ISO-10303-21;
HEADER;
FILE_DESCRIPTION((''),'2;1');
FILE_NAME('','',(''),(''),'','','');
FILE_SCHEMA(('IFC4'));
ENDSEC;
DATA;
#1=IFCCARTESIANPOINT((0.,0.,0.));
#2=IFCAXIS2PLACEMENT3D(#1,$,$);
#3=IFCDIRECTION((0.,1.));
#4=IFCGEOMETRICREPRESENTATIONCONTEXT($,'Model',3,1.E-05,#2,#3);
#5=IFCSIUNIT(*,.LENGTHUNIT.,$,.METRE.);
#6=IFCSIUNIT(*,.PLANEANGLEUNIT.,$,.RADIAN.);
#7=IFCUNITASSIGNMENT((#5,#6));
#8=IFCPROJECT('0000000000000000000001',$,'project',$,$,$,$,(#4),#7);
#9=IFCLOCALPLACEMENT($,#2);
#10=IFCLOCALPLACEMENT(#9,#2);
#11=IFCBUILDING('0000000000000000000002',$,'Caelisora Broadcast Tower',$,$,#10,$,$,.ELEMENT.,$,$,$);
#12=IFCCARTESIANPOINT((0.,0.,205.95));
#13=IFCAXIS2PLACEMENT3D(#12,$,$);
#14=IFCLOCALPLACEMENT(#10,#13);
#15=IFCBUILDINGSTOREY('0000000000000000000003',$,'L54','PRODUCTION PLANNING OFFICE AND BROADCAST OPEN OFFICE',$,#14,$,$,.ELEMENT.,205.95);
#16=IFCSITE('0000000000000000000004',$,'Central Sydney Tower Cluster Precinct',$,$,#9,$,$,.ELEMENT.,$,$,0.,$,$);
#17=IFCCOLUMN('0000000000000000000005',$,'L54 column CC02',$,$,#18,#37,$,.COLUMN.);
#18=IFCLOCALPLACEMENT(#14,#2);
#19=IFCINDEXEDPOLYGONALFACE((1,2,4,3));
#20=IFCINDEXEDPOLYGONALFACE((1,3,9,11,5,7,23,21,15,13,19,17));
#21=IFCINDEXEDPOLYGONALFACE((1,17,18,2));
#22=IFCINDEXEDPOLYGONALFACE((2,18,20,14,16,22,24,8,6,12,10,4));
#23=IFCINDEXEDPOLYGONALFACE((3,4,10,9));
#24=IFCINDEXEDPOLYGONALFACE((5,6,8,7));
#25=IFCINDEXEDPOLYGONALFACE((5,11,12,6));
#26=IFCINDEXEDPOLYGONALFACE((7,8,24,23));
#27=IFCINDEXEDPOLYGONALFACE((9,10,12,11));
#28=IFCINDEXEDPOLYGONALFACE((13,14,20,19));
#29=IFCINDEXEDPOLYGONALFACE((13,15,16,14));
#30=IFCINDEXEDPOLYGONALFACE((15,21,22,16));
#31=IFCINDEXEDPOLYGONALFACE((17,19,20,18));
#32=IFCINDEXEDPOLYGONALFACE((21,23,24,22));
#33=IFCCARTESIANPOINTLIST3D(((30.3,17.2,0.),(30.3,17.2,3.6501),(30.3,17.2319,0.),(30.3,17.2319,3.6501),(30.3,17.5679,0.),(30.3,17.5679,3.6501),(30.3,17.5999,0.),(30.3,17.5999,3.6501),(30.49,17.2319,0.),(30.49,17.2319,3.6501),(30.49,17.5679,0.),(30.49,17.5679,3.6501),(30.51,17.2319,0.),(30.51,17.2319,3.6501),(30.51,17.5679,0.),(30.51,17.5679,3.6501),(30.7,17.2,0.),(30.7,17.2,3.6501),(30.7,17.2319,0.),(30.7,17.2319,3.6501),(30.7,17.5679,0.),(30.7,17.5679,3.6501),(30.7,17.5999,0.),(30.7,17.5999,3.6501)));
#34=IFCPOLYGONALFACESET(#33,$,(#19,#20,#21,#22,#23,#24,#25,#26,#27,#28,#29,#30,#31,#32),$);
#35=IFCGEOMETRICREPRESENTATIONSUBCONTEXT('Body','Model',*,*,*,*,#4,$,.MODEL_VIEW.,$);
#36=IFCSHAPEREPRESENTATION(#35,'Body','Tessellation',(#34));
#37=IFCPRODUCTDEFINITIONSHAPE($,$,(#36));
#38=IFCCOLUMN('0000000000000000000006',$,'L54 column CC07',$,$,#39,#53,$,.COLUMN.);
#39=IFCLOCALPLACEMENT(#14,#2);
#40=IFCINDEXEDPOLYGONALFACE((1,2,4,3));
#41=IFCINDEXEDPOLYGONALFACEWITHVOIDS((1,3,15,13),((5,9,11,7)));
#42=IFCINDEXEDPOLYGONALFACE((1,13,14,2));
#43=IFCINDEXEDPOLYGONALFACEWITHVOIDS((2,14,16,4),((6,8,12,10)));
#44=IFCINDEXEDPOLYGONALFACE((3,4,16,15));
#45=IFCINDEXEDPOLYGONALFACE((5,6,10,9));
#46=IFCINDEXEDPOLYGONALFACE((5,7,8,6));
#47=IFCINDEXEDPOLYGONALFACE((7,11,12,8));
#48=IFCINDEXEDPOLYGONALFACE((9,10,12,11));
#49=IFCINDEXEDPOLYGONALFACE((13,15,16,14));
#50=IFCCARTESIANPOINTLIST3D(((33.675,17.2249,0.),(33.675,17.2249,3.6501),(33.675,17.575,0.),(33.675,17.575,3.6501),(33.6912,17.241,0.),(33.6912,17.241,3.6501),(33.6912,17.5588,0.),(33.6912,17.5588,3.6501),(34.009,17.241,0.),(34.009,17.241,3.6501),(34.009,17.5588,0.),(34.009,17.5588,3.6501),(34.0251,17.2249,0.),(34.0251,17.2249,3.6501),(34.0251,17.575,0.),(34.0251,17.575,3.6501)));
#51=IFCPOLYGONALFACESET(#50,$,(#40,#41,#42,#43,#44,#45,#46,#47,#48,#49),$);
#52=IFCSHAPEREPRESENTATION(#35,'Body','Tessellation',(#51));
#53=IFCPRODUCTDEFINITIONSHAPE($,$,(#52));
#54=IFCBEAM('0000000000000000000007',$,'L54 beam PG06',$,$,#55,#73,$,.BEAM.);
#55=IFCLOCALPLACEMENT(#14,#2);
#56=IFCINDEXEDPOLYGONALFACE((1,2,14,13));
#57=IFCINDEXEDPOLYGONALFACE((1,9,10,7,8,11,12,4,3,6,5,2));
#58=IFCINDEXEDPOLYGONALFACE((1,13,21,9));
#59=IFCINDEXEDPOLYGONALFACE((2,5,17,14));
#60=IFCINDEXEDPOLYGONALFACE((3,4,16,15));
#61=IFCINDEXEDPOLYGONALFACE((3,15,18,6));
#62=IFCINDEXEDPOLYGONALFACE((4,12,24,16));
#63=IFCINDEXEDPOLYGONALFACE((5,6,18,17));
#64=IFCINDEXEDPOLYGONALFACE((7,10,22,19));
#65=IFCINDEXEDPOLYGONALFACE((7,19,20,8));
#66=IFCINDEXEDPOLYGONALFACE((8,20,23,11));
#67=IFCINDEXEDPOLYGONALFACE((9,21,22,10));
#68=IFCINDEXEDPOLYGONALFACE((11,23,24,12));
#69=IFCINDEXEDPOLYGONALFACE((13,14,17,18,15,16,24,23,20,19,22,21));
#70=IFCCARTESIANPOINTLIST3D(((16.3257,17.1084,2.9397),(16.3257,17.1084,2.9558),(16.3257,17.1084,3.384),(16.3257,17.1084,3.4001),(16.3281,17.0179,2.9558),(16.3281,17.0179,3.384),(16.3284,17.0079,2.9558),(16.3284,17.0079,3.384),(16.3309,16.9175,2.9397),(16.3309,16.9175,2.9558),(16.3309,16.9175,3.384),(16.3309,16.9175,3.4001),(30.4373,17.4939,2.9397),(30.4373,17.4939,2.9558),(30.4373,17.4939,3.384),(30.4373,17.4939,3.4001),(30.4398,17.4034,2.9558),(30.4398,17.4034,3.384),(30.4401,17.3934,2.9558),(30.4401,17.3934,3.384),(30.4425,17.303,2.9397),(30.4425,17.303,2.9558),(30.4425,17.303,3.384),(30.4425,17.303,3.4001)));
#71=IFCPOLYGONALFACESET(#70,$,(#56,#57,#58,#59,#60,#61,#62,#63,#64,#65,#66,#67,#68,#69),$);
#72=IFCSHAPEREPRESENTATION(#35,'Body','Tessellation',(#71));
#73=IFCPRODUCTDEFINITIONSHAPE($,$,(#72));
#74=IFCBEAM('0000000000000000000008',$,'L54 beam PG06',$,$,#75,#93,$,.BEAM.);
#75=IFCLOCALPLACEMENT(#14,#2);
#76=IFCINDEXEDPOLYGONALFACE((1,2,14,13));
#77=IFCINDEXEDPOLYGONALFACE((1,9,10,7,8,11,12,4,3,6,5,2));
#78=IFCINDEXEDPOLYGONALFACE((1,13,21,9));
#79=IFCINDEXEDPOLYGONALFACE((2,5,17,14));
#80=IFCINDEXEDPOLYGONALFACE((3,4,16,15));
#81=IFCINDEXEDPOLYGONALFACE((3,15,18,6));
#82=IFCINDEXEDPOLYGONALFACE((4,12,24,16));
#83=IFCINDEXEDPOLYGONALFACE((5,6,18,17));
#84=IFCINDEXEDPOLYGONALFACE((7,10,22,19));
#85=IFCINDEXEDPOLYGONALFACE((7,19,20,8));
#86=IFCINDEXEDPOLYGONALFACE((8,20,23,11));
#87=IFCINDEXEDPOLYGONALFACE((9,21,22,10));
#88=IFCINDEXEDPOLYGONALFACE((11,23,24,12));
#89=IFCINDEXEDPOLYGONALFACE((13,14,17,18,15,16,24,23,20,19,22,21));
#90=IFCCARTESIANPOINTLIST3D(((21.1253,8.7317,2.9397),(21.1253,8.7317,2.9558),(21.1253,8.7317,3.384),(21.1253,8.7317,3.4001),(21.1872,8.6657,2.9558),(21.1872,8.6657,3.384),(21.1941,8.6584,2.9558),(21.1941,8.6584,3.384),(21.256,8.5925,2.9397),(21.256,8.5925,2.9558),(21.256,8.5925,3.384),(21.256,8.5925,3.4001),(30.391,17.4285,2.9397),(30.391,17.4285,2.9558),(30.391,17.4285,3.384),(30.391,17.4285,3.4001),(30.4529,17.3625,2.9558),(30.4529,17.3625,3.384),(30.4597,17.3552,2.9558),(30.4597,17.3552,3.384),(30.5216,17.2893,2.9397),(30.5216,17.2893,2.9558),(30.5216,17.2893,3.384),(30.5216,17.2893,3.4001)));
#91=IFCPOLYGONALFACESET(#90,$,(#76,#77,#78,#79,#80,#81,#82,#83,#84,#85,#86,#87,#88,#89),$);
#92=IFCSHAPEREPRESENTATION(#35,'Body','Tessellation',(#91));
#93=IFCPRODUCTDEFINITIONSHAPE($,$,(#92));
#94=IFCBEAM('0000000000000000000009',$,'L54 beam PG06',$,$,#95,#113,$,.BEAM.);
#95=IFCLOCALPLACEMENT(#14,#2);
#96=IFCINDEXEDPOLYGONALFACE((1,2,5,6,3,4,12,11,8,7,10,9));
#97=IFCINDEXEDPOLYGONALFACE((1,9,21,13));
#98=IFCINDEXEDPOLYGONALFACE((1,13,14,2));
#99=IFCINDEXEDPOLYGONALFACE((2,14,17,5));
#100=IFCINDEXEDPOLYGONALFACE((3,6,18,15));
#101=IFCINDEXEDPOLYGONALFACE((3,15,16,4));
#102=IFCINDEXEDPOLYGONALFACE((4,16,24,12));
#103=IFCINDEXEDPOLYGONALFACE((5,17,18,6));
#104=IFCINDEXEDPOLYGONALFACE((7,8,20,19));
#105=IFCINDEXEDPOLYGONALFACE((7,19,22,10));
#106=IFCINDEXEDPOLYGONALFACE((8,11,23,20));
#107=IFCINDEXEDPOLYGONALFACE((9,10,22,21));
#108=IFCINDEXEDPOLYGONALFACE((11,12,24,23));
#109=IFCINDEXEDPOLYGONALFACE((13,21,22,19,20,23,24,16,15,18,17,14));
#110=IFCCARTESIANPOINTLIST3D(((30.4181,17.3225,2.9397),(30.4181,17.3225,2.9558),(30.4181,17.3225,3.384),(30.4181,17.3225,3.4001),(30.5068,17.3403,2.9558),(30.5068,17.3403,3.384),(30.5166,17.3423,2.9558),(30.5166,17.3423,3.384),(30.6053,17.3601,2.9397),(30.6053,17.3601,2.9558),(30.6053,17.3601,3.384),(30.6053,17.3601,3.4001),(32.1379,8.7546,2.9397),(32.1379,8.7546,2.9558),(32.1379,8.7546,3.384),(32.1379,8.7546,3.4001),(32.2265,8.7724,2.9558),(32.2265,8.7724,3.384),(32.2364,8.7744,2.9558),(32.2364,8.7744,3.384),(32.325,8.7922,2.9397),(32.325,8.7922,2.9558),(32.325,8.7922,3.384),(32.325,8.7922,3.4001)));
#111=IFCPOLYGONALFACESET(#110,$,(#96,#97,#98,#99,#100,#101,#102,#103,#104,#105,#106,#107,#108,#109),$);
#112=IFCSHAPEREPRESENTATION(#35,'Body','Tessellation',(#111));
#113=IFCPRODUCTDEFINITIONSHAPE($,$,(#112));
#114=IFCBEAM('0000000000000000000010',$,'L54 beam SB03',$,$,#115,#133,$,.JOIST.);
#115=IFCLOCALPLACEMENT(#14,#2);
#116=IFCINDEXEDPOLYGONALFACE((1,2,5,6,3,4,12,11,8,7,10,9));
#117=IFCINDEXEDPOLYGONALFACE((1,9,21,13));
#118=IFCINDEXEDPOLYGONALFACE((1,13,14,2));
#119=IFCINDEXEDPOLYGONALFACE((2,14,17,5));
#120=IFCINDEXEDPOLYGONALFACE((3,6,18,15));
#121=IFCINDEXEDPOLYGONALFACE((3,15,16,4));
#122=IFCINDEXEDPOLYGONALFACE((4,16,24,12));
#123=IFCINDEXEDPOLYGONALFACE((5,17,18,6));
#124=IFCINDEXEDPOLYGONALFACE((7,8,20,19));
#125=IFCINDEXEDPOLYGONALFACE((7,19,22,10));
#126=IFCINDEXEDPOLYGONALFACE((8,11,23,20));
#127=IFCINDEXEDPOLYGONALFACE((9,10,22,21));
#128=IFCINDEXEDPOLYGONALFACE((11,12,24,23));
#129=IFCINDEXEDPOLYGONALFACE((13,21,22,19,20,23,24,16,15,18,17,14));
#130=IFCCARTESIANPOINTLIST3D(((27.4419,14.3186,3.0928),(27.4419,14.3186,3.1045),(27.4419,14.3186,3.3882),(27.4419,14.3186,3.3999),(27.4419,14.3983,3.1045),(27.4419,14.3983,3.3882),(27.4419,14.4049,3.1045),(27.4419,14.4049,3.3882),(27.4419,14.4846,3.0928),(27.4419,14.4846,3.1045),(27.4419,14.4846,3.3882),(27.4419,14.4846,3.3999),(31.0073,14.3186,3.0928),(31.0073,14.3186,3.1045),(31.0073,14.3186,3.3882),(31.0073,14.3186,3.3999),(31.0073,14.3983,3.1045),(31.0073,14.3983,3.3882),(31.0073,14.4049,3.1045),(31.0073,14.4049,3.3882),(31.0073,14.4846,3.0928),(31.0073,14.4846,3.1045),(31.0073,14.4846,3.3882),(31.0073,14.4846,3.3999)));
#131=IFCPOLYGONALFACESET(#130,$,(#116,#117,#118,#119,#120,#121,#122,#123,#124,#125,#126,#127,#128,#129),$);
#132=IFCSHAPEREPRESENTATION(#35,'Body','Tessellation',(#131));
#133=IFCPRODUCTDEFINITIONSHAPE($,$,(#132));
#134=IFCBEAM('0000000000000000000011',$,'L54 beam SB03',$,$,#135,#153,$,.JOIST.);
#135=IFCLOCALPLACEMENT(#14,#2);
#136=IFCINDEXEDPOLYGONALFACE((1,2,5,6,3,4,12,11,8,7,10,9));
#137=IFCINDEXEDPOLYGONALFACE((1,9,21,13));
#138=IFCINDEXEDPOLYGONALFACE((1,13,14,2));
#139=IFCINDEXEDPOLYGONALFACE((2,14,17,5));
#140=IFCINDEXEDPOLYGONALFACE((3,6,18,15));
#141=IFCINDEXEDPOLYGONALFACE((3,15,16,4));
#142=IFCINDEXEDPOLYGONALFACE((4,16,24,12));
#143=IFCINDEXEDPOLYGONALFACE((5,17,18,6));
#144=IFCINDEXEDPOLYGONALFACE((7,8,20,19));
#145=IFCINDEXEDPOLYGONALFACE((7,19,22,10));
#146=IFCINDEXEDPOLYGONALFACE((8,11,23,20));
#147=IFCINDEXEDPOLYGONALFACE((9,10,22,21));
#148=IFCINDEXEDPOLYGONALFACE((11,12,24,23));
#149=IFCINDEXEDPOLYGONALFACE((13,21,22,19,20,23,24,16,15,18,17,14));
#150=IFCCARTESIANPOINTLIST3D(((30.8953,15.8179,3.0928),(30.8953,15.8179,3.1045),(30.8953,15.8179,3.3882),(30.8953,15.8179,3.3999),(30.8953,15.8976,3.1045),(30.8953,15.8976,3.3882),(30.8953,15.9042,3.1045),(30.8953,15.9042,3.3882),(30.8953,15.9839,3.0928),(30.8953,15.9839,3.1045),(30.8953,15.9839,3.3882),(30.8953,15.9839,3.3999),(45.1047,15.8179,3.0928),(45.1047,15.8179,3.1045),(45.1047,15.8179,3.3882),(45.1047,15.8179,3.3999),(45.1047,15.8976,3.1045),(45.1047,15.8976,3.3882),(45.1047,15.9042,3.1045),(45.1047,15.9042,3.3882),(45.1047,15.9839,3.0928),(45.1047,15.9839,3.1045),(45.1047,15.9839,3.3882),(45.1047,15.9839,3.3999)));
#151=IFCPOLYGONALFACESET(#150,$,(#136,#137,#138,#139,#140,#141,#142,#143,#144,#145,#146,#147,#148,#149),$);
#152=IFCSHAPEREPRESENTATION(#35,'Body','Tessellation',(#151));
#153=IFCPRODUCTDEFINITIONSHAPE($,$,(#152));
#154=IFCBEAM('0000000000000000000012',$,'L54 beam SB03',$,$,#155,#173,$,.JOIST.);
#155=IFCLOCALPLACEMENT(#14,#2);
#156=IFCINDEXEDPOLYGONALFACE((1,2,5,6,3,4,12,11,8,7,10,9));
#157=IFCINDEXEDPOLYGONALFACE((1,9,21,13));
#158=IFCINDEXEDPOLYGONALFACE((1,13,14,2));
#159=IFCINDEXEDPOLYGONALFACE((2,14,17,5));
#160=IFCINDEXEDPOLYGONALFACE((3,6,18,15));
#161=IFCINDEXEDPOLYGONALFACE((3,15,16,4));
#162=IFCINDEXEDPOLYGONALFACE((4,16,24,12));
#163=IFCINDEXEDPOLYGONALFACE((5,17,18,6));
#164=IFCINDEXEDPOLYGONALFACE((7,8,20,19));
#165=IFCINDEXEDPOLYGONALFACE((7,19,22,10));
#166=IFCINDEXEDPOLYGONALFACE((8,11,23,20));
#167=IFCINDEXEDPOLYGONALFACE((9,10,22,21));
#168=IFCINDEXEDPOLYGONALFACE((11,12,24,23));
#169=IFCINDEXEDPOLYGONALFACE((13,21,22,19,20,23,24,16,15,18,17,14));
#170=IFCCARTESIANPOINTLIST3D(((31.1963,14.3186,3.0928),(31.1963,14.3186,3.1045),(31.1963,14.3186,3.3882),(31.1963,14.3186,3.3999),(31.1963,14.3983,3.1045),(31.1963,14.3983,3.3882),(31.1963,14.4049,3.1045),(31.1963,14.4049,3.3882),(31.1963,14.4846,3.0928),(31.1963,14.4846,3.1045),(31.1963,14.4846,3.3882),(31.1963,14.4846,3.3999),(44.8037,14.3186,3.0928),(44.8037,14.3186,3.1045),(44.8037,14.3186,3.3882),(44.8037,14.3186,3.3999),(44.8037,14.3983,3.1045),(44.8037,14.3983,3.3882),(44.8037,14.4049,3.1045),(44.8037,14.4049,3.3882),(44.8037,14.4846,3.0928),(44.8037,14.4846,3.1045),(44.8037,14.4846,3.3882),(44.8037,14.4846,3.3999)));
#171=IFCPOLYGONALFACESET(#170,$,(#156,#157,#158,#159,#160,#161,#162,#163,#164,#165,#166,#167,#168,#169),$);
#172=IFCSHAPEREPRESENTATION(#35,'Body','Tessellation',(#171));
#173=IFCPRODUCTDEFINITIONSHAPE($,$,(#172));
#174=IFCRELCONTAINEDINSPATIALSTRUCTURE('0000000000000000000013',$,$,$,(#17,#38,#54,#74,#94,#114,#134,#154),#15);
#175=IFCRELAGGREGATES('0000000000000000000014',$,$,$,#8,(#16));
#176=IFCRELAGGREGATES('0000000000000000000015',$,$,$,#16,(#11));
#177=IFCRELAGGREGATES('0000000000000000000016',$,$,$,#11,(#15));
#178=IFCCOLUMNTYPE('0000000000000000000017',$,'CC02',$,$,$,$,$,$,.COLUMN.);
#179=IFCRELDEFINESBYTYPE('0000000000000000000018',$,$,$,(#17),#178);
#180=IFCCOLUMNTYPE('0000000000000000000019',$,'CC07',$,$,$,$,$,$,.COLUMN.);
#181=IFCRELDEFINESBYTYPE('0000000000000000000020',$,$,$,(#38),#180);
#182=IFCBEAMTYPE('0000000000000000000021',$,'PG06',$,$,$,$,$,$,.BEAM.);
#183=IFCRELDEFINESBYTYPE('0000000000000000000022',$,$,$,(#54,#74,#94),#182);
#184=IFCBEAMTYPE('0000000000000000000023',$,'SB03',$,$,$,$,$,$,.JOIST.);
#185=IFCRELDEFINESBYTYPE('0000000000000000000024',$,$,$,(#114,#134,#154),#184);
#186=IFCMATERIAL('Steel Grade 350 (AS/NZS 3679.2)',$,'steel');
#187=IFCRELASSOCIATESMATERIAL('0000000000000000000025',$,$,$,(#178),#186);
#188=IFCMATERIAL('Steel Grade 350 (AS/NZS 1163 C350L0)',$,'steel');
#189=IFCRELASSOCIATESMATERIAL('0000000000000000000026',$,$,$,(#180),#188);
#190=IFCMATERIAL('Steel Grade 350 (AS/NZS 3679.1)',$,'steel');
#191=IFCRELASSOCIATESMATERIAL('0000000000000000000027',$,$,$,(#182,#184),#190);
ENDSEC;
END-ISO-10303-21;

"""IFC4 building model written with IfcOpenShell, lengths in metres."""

from ifc_helpers import new_model, si_unit, direction, frame, origin, origin_2d, place, context, subcontext, project, spatial, hollow_rectangle, i_section, extrude, source, transform, mapped, material, material_profile, profile_set, type_object, type_shapes, element, save


model = new_model("IFC4")

# Units and contexts
model_context = context("Model", 3, precision=1e-05, world=origin(), true_north=direction((0.0, 1.0)))
body_context = subcontext(model_context, "Body", "Model", "MODEL_VIEW")
ifc_project = project(units=[si_unit("LENGTHUNIT", "METRE"), si_unit("PLANEANGLEUNIT", "RADIAN")], contexts=[model_context])

# Site, building, storey
site_placement = place(None, origin())
site = spatial("IfcSite", under=ifc_project, at=site_placement, Name="Central Sydney Tower Cluster Precinct", CompositionType="ELEMENT", RefElevation=0.0)
building_placement = place(site_placement, origin())
building = spatial("IfcBuilding", under=site, at=building_placement, Name="Caelisora Broadcast Tower", CompositionType="ELEMENT")
storey_placement = place(building_placement, frame((0.0, 0.0, 205.95)))
storey = spatial("IfcBuildingStorey", under=building, at=storey_placement, Name="L54", Description="PRODUCTION PLANNING OFFICE AND BROADCAST OPEN OFFICE", CompositionType="ELEMENT", Elevation=205.95)

# Columns
ifc_material_1 = material(Name="Steel Grade 350 (AS/NZS 3679.2)", Category="steel")
ifc_material_profile_1 = material_profile(ifc_material_1, i_section(OverallWidth=0.3999, OverallDepth=0.3999, WebThickness=0.02, FlangeThickness=0.032, at=origin_2d()), Name="Steel Grade 350 (AS/NZS 3679.2)")
ifc_profile_set_1 = profile_set([ifc_material_profile_1], Name="Steel Grade 350 (AS/NZS 3679.2)")
column_type_1 = type_object("IfcColumnType", Name="CC02", PredefinedType="COLUMN", material=ifc_profile_set_1)
shared_shape_1 = source(origin(), body_context, "Body", "SweptSolid", [
    extrude(i_section(OverallWidth=0.3999, OverallDepth=0.3999, WebThickness=0.02, FlangeThickness=0.032, at=origin_2d()), origin(), (0.0, 0.0, 1.0), 3.6501),
])
type_shapes(column_type_1, [shared_shape_1])
column_1_placement = place(storey_placement, frame((30.5, 17.3999, 0.0), z_axis=(0.0, 0.0, 1.0), x_axis=(1.0, 0.0, 0.0)))
element("IfcColumn", 1, at=column_1_placement, inside=storey, type_object=column_type_1, Name="L54 column CC02", PredefinedType="COLUMN", context=body_context, shape_type="MappedRepresentation", body=[
    mapped(shared_shape_1, transform((0.0, 0.0, 0.0), scale=1.0)),
])
ifc_material_2 = material(Name="Steel Grade 350 (AS/NZS 1163 C350L0)", Category="steel")
ifc_material_profile_2 = material_profile(ifc_material_2, hollow_rectangle(XDim=0.3501, YDim=0.3501, WallThickness=0.0161, at=origin_2d()), Name="Steel Grade 350 (AS/NZS 1163 C350L0)")
ifc_profile_set_2 = profile_set([ifc_material_profile_2], Name="Steel Grade 350 (AS/NZS 1163 C350L0)")
column_type_2 = type_object("IfcColumnType", Name="CC07", PredefinedType="COLUMN", material=ifc_profile_set_2)
shared_shape_2 = source(origin(), body_context, "Body", "SweptSolid", [
    extrude(hollow_rectangle(XDim=0.3501, YDim=0.3501, WallThickness=0.0161, at=origin_2d()), origin(), (0.0, 0.0, 1.0), 3.6501),
])
type_shapes(column_type_2, [shared_shape_2])
column_2_placement = place(storey_placement, frame((33.8501, 17.3999, 0.0), z_axis=(0.0, 0.0, 1.0), x_axis=(1.0, 0.0, 0.0)))
element("IfcColumn", 2, at=column_2_placement, inside=storey, type_object=column_type_2, Name="L54 column CC07", PredefinedType="COLUMN", context=body_context, shape_type="MappedRepresentation", body=[
    mapped(shared_shape_2, transform((0.0, 0.0, 0.0), scale=1.0)),
])

# Beams
ifc_material_3 = material(Name="Steel Grade 350 (AS/NZS 3679.1)", Category="steel")
ifc_material_profile_3 = material_profile(ifc_material_3, i_section(OverallWidth=0.1909, OverallDepth=0.4604, WebThickness=0.01, FlangeThickness=0.0161, at=origin_2d()), Name="Steel Grade 350 (AS/NZS 3679.1)")
ifc_profile_set_3 = profile_set([ifc_material_profile_3], Name="Steel Grade 350 (AS/NZS 3679.1)")
beam_type_1 = type_object("IfcBeamType", Name="PG06", PredefinedType="BEAM", material=ifc_profile_set_3)
shared_shape_3 = source(origin(), body_context, "Body", "SweptSolid", [
    extrude(i_section(OverallWidth=0.1909, OverallDepth=0.4604, WebThickness=0.01, FlangeThickness=0.0161, at=origin_2d()), origin(), (0.0, 0.0, 1.0), 14.1169),
])
beam_1_placement = place(storey_placement, frame((30.4399, 17.3984, 3.1699), z_axis=(-0.999627, -0.027308, 0.0), x_axis=(0.027308, -0.999627, 0.0)))
element("IfcBeam", 3, at=beam_1_placement, inside=storey, type_object=beam_type_1, Name="L54 beam PG06", PredefinedType="BEAM", context=body_context, shape_type="MappedRepresentation", body=[
    mapped(shared_shape_3, transform((0.0, 0.0, 0.0), scale=1.0)),
])
shared_shape_4 = source(origin(), body_context, "Body", "SweptSolid", [
    extrude(i_section(OverallWidth=0.1909, OverallDepth=0.4604, WebThickness=0.01, FlangeThickness=0.0161, at=origin_2d()), origin(), (0.0, 0.0, 1.0), 12.7078),
])
beam_2_placement = place(storey_placement, frame((30.4563, 17.3589, 3.1699), z_axis=(-0.729134, -0.68437, 0.0), x_axis=(0.68437, -0.729134, 0.0)))
element("IfcBeam", 4, at=beam_2_placement, inside=storey, type_object=beam_type_1, Name="L54 beam PG06", PredefinedType="BEAM", context=body_context, shape_type="MappedRepresentation", body=[
    mapped(shared_shape_4, transform((0.0, 0.0, 0.0), scale=1.0)),
])
shared_shape_5 = source(origin(), body_context, "Body", "SweptSolid", [
    extrude(i_section(OverallWidth=0.1909, OverallDepth=0.4604, WebThickness=0.01, FlangeThickness=0.0161, at=origin_2d()), origin(), (0.0, 0.0, 1.0), 8.7388),
])
type_shapes(beam_type_1, [shared_shape_3, shared_shape_4, shared_shape_5])
beam_3_placement = place(storey_placement, frame((30.5117, 17.3413, 3.1699), z_axis=(0.196793, -0.980445, 0.0), x_axis=(0.980445, 0.196793, 0.0)))
element("IfcBeam", 5, at=beam_3_placement, inside=storey, type_object=beam_type_1, Name="L54 beam PG06", PredefinedType="BEAM", context=body_context, shape_type="MappedRepresentation", body=[
    mapped(shared_shape_5, transform((0.0, 0.0, 0.0), scale=1.0)),
])
ifc_material_profile_4 = material_profile(ifc_material_3, i_section(OverallWidth=0.166, OverallDepth=0.3071, WebThickness=0.0066, FlangeThickness=0.0117, at=origin_2d()), Name="Steel Grade 350 (AS/NZS 3679.1)")
ifc_profile_set_4 = profile_set([ifc_material_profile_4], Name="Steel Grade 350 (AS/NZS 3679.1)")
beam_type_2 = type_object("IfcBeamType", Name="SB03", PredefinedType="JOIST", material=ifc_profile_set_4)
shared_shape_6 = source(origin(), body_context, "Body", "SweptSolid", [
    extrude(i_section(OverallWidth=0.166, OverallDepth=0.3071, WebThickness=0.0066, FlangeThickness=0.0117, at=origin_2d()), origin(), (0.0, 0.0, 1.0), 3.5654),
])
beam_4_placement = place(storey_placement, frame((27.4419, 14.4016, 3.2463), z_axis=(1.0, 0.0, 0.0), x_axis=(0.0, 1.0, 0.0)))
element("IfcBeam", 6, at=beam_4_placement, inside=storey, type_object=beam_type_2, Name="L54 beam SB03", PredefinedType="JOIST", context=body_context, shape_type="MappedRepresentation", body=[
    mapped(shared_shape_6, transform((0.0, 0.0, 0.0), scale=1.0)),
])
shared_shape_7 = source(origin(), body_context, "Body", "SweptSolid", [
    extrude(i_section(OverallWidth=0.166, OverallDepth=0.3071, WebThickness=0.0066, FlangeThickness=0.0117, at=origin_2d()), origin(), (0.0, 0.0, 1.0), 14.2095),
])
beam_5_placement = place(storey_placement, frame((30.8953, 15.9009, 3.2463), z_axis=(1.0, 0.0, 0.0), x_axis=(0.0, 1.0, 0.0)))
element("IfcBeam", 7, at=beam_5_placement, inside=storey, type_object=beam_type_2, Name="L54 beam SB03", PredefinedType="JOIST", context=body_context, shape_type="MappedRepresentation", body=[
    mapped(shared_shape_7, transform((0.0, 0.0, 0.0), scale=1.0)),
])
shared_shape_8 = source(origin(), body_context, "Body", "SweptSolid", [
    extrude(i_section(OverallWidth=0.166, OverallDepth=0.3071, WebThickness=0.0066, FlangeThickness=0.0117, at=origin_2d()), origin(), (0.0, 0.0, 1.0), 13.6074),
])
type_shapes(beam_type_2, [shared_shape_6, shared_shape_7, shared_shape_8])
beam_6_placement = place(storey_placement, frame((31.1963, 14.4016, 3.2463), z_axis=(1.0, 0.0, 0.0), x_axis=(0.0, 1.0, 0.0)))
element("IfcBeam", 8, at=beam_6_placement, inside=storey, type_object=beam_type_2, Name="L54 beam SB03", PredefinedType="JOIST", context=body_context, shape_type="MappedRepresentation", body=[
    mapped(shared_shape_8, transform((0.0, 0.0, 0.0), scale=1.0)),
])

save(model, "model.ifc")
